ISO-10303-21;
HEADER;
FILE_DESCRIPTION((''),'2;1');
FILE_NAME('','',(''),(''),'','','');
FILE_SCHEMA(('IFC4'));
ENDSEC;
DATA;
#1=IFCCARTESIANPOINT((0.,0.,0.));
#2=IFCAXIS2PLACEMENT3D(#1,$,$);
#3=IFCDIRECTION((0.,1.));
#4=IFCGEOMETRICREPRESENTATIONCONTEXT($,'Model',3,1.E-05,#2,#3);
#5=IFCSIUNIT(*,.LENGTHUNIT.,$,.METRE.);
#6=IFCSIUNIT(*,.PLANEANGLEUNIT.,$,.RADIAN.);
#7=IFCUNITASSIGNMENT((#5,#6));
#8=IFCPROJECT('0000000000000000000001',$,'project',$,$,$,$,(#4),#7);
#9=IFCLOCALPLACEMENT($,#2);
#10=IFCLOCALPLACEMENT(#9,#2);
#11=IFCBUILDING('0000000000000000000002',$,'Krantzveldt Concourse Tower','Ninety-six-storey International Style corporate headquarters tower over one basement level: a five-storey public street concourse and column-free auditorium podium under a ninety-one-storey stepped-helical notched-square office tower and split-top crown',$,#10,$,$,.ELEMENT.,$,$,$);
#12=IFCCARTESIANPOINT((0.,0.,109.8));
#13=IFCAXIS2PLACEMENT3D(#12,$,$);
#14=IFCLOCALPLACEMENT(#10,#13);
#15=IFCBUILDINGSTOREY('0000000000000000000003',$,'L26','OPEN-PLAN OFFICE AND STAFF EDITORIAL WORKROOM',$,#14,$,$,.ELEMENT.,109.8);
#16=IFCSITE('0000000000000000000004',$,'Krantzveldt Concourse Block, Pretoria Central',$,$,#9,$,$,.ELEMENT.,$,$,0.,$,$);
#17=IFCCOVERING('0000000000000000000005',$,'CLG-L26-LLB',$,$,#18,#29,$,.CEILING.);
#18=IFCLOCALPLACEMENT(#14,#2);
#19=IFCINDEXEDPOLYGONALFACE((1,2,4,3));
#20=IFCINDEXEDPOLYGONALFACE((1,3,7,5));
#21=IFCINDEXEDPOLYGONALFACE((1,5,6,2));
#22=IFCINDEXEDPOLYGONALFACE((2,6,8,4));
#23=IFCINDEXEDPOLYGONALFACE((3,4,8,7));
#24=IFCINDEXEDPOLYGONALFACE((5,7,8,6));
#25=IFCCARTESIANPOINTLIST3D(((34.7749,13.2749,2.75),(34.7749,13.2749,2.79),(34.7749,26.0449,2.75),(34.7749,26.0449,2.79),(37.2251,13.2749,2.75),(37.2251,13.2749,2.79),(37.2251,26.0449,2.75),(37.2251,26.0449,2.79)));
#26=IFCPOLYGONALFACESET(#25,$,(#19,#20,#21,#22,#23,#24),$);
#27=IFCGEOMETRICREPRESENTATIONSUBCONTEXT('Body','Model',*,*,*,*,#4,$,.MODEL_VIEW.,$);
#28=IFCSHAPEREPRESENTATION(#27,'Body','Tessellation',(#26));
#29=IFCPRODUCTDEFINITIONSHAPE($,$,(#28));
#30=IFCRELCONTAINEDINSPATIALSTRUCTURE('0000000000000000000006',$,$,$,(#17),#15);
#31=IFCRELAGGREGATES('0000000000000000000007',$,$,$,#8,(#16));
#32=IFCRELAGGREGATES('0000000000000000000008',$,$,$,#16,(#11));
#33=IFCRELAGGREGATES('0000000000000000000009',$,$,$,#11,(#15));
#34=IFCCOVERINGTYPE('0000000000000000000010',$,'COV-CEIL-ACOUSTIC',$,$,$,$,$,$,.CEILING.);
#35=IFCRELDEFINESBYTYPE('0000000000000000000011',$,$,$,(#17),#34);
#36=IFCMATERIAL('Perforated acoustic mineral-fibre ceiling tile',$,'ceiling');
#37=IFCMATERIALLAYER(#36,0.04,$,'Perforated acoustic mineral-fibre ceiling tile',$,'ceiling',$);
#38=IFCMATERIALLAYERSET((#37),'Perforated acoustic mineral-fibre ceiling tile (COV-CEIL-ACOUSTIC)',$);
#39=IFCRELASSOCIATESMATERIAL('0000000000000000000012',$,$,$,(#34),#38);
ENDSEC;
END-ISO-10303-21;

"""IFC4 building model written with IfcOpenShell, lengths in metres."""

from ifc_helpers import new_model, si_unit, direction, frame, origin, place, context, subcontext, project, spatial, polyline, outline, extrude, material, layer, layer_set, type_object, element, save


model = new_model("IFC4")

# Units and contexts
model_context = context("Model", 3, precision=1e-05, world=origin(), true_north=direction((0.0, 1.0)))
body_context = subcontext(model_context, "Body", "Model", "MODEL_VIEW")
ifc_project = project(units=[si_unit("LENGTHUNIT", "METRE"), si_unit("PLANEANGLEUNIT", "RADIAN")], contexts=[model_context])

# Site, building, storey
site_placement = place(None, origin())
site = spatial("IfcSite", under=ifc_project, at=site_placement, Name="Krantzveldt Concourse Block, Pretoria Central", CompositionType="ELEMENT", RefElevation=0.0)
building_placement = place(site_placement, origin())
building = spatial("IfcBuilding", under=site, at=building_placement, Name="Krantzveldt Concourse Tower", Description="Ninety-six-storey International Style corporate headquarters tower over one basement level: a five-storey public street concourse and column-free auditorium podium under a ninety-one-storey stepped-helical notched-square office tower and split-top crown", CompositionType="ELEMENT")
storey_placement = place(building_placement, frame((0.0, 0.0, 109.8)))
storey = spatial("IfcBuildingStorey", under=building, at=storey_placement, Name="L26", Description="OPEN-PLAN OFFICE AND STAFF EDITORIAL WORKROOM", CompositionType="ELEMENT", Elevation=109.8)

# Covering
ifc_material_1 = material(Name="Perforated acoustic mineral-fibre ceiling tile", Category="ceiling")
ifc_layer_1 = layer(ifc_material_1, 0.04, Name="Perforated acoustic mineral-fibre ceiling tile", Category="ceiling")
ifc_layer_set_1 = layer_set([ifc_layer_1], Name="Perforated acoustic mineral-fibre ceiling tile (COV-CEIL-ACOUSTIC)")
covering_type = type_object("IfcCoveringType", Name="COV-CEIL-ACOUSTIC", PredefinedType="CEILING", material=ifc_layer_set_1)
covering_placement = place(storey_placement, frame((0.0, 0.0, 2.75)))
element("IfcCovering", 1, at=covering_placement, inside=storey, type_object=covering_type, Name="CLG-L26-LLB", PredefinedType="CEILING", context=body_context, shape_type="SweptSolid", body=[
    extrude(outline(polyline([(37.2251, 13.2749), (34.7749, 13.2749), (34.7749, 26.0449), (37.2251, 26.0449), (37.2251, 13.2749)])), origin(), (0.0, 0.0, 1.0), 0.04),
])

save(model, "model.ifc")
